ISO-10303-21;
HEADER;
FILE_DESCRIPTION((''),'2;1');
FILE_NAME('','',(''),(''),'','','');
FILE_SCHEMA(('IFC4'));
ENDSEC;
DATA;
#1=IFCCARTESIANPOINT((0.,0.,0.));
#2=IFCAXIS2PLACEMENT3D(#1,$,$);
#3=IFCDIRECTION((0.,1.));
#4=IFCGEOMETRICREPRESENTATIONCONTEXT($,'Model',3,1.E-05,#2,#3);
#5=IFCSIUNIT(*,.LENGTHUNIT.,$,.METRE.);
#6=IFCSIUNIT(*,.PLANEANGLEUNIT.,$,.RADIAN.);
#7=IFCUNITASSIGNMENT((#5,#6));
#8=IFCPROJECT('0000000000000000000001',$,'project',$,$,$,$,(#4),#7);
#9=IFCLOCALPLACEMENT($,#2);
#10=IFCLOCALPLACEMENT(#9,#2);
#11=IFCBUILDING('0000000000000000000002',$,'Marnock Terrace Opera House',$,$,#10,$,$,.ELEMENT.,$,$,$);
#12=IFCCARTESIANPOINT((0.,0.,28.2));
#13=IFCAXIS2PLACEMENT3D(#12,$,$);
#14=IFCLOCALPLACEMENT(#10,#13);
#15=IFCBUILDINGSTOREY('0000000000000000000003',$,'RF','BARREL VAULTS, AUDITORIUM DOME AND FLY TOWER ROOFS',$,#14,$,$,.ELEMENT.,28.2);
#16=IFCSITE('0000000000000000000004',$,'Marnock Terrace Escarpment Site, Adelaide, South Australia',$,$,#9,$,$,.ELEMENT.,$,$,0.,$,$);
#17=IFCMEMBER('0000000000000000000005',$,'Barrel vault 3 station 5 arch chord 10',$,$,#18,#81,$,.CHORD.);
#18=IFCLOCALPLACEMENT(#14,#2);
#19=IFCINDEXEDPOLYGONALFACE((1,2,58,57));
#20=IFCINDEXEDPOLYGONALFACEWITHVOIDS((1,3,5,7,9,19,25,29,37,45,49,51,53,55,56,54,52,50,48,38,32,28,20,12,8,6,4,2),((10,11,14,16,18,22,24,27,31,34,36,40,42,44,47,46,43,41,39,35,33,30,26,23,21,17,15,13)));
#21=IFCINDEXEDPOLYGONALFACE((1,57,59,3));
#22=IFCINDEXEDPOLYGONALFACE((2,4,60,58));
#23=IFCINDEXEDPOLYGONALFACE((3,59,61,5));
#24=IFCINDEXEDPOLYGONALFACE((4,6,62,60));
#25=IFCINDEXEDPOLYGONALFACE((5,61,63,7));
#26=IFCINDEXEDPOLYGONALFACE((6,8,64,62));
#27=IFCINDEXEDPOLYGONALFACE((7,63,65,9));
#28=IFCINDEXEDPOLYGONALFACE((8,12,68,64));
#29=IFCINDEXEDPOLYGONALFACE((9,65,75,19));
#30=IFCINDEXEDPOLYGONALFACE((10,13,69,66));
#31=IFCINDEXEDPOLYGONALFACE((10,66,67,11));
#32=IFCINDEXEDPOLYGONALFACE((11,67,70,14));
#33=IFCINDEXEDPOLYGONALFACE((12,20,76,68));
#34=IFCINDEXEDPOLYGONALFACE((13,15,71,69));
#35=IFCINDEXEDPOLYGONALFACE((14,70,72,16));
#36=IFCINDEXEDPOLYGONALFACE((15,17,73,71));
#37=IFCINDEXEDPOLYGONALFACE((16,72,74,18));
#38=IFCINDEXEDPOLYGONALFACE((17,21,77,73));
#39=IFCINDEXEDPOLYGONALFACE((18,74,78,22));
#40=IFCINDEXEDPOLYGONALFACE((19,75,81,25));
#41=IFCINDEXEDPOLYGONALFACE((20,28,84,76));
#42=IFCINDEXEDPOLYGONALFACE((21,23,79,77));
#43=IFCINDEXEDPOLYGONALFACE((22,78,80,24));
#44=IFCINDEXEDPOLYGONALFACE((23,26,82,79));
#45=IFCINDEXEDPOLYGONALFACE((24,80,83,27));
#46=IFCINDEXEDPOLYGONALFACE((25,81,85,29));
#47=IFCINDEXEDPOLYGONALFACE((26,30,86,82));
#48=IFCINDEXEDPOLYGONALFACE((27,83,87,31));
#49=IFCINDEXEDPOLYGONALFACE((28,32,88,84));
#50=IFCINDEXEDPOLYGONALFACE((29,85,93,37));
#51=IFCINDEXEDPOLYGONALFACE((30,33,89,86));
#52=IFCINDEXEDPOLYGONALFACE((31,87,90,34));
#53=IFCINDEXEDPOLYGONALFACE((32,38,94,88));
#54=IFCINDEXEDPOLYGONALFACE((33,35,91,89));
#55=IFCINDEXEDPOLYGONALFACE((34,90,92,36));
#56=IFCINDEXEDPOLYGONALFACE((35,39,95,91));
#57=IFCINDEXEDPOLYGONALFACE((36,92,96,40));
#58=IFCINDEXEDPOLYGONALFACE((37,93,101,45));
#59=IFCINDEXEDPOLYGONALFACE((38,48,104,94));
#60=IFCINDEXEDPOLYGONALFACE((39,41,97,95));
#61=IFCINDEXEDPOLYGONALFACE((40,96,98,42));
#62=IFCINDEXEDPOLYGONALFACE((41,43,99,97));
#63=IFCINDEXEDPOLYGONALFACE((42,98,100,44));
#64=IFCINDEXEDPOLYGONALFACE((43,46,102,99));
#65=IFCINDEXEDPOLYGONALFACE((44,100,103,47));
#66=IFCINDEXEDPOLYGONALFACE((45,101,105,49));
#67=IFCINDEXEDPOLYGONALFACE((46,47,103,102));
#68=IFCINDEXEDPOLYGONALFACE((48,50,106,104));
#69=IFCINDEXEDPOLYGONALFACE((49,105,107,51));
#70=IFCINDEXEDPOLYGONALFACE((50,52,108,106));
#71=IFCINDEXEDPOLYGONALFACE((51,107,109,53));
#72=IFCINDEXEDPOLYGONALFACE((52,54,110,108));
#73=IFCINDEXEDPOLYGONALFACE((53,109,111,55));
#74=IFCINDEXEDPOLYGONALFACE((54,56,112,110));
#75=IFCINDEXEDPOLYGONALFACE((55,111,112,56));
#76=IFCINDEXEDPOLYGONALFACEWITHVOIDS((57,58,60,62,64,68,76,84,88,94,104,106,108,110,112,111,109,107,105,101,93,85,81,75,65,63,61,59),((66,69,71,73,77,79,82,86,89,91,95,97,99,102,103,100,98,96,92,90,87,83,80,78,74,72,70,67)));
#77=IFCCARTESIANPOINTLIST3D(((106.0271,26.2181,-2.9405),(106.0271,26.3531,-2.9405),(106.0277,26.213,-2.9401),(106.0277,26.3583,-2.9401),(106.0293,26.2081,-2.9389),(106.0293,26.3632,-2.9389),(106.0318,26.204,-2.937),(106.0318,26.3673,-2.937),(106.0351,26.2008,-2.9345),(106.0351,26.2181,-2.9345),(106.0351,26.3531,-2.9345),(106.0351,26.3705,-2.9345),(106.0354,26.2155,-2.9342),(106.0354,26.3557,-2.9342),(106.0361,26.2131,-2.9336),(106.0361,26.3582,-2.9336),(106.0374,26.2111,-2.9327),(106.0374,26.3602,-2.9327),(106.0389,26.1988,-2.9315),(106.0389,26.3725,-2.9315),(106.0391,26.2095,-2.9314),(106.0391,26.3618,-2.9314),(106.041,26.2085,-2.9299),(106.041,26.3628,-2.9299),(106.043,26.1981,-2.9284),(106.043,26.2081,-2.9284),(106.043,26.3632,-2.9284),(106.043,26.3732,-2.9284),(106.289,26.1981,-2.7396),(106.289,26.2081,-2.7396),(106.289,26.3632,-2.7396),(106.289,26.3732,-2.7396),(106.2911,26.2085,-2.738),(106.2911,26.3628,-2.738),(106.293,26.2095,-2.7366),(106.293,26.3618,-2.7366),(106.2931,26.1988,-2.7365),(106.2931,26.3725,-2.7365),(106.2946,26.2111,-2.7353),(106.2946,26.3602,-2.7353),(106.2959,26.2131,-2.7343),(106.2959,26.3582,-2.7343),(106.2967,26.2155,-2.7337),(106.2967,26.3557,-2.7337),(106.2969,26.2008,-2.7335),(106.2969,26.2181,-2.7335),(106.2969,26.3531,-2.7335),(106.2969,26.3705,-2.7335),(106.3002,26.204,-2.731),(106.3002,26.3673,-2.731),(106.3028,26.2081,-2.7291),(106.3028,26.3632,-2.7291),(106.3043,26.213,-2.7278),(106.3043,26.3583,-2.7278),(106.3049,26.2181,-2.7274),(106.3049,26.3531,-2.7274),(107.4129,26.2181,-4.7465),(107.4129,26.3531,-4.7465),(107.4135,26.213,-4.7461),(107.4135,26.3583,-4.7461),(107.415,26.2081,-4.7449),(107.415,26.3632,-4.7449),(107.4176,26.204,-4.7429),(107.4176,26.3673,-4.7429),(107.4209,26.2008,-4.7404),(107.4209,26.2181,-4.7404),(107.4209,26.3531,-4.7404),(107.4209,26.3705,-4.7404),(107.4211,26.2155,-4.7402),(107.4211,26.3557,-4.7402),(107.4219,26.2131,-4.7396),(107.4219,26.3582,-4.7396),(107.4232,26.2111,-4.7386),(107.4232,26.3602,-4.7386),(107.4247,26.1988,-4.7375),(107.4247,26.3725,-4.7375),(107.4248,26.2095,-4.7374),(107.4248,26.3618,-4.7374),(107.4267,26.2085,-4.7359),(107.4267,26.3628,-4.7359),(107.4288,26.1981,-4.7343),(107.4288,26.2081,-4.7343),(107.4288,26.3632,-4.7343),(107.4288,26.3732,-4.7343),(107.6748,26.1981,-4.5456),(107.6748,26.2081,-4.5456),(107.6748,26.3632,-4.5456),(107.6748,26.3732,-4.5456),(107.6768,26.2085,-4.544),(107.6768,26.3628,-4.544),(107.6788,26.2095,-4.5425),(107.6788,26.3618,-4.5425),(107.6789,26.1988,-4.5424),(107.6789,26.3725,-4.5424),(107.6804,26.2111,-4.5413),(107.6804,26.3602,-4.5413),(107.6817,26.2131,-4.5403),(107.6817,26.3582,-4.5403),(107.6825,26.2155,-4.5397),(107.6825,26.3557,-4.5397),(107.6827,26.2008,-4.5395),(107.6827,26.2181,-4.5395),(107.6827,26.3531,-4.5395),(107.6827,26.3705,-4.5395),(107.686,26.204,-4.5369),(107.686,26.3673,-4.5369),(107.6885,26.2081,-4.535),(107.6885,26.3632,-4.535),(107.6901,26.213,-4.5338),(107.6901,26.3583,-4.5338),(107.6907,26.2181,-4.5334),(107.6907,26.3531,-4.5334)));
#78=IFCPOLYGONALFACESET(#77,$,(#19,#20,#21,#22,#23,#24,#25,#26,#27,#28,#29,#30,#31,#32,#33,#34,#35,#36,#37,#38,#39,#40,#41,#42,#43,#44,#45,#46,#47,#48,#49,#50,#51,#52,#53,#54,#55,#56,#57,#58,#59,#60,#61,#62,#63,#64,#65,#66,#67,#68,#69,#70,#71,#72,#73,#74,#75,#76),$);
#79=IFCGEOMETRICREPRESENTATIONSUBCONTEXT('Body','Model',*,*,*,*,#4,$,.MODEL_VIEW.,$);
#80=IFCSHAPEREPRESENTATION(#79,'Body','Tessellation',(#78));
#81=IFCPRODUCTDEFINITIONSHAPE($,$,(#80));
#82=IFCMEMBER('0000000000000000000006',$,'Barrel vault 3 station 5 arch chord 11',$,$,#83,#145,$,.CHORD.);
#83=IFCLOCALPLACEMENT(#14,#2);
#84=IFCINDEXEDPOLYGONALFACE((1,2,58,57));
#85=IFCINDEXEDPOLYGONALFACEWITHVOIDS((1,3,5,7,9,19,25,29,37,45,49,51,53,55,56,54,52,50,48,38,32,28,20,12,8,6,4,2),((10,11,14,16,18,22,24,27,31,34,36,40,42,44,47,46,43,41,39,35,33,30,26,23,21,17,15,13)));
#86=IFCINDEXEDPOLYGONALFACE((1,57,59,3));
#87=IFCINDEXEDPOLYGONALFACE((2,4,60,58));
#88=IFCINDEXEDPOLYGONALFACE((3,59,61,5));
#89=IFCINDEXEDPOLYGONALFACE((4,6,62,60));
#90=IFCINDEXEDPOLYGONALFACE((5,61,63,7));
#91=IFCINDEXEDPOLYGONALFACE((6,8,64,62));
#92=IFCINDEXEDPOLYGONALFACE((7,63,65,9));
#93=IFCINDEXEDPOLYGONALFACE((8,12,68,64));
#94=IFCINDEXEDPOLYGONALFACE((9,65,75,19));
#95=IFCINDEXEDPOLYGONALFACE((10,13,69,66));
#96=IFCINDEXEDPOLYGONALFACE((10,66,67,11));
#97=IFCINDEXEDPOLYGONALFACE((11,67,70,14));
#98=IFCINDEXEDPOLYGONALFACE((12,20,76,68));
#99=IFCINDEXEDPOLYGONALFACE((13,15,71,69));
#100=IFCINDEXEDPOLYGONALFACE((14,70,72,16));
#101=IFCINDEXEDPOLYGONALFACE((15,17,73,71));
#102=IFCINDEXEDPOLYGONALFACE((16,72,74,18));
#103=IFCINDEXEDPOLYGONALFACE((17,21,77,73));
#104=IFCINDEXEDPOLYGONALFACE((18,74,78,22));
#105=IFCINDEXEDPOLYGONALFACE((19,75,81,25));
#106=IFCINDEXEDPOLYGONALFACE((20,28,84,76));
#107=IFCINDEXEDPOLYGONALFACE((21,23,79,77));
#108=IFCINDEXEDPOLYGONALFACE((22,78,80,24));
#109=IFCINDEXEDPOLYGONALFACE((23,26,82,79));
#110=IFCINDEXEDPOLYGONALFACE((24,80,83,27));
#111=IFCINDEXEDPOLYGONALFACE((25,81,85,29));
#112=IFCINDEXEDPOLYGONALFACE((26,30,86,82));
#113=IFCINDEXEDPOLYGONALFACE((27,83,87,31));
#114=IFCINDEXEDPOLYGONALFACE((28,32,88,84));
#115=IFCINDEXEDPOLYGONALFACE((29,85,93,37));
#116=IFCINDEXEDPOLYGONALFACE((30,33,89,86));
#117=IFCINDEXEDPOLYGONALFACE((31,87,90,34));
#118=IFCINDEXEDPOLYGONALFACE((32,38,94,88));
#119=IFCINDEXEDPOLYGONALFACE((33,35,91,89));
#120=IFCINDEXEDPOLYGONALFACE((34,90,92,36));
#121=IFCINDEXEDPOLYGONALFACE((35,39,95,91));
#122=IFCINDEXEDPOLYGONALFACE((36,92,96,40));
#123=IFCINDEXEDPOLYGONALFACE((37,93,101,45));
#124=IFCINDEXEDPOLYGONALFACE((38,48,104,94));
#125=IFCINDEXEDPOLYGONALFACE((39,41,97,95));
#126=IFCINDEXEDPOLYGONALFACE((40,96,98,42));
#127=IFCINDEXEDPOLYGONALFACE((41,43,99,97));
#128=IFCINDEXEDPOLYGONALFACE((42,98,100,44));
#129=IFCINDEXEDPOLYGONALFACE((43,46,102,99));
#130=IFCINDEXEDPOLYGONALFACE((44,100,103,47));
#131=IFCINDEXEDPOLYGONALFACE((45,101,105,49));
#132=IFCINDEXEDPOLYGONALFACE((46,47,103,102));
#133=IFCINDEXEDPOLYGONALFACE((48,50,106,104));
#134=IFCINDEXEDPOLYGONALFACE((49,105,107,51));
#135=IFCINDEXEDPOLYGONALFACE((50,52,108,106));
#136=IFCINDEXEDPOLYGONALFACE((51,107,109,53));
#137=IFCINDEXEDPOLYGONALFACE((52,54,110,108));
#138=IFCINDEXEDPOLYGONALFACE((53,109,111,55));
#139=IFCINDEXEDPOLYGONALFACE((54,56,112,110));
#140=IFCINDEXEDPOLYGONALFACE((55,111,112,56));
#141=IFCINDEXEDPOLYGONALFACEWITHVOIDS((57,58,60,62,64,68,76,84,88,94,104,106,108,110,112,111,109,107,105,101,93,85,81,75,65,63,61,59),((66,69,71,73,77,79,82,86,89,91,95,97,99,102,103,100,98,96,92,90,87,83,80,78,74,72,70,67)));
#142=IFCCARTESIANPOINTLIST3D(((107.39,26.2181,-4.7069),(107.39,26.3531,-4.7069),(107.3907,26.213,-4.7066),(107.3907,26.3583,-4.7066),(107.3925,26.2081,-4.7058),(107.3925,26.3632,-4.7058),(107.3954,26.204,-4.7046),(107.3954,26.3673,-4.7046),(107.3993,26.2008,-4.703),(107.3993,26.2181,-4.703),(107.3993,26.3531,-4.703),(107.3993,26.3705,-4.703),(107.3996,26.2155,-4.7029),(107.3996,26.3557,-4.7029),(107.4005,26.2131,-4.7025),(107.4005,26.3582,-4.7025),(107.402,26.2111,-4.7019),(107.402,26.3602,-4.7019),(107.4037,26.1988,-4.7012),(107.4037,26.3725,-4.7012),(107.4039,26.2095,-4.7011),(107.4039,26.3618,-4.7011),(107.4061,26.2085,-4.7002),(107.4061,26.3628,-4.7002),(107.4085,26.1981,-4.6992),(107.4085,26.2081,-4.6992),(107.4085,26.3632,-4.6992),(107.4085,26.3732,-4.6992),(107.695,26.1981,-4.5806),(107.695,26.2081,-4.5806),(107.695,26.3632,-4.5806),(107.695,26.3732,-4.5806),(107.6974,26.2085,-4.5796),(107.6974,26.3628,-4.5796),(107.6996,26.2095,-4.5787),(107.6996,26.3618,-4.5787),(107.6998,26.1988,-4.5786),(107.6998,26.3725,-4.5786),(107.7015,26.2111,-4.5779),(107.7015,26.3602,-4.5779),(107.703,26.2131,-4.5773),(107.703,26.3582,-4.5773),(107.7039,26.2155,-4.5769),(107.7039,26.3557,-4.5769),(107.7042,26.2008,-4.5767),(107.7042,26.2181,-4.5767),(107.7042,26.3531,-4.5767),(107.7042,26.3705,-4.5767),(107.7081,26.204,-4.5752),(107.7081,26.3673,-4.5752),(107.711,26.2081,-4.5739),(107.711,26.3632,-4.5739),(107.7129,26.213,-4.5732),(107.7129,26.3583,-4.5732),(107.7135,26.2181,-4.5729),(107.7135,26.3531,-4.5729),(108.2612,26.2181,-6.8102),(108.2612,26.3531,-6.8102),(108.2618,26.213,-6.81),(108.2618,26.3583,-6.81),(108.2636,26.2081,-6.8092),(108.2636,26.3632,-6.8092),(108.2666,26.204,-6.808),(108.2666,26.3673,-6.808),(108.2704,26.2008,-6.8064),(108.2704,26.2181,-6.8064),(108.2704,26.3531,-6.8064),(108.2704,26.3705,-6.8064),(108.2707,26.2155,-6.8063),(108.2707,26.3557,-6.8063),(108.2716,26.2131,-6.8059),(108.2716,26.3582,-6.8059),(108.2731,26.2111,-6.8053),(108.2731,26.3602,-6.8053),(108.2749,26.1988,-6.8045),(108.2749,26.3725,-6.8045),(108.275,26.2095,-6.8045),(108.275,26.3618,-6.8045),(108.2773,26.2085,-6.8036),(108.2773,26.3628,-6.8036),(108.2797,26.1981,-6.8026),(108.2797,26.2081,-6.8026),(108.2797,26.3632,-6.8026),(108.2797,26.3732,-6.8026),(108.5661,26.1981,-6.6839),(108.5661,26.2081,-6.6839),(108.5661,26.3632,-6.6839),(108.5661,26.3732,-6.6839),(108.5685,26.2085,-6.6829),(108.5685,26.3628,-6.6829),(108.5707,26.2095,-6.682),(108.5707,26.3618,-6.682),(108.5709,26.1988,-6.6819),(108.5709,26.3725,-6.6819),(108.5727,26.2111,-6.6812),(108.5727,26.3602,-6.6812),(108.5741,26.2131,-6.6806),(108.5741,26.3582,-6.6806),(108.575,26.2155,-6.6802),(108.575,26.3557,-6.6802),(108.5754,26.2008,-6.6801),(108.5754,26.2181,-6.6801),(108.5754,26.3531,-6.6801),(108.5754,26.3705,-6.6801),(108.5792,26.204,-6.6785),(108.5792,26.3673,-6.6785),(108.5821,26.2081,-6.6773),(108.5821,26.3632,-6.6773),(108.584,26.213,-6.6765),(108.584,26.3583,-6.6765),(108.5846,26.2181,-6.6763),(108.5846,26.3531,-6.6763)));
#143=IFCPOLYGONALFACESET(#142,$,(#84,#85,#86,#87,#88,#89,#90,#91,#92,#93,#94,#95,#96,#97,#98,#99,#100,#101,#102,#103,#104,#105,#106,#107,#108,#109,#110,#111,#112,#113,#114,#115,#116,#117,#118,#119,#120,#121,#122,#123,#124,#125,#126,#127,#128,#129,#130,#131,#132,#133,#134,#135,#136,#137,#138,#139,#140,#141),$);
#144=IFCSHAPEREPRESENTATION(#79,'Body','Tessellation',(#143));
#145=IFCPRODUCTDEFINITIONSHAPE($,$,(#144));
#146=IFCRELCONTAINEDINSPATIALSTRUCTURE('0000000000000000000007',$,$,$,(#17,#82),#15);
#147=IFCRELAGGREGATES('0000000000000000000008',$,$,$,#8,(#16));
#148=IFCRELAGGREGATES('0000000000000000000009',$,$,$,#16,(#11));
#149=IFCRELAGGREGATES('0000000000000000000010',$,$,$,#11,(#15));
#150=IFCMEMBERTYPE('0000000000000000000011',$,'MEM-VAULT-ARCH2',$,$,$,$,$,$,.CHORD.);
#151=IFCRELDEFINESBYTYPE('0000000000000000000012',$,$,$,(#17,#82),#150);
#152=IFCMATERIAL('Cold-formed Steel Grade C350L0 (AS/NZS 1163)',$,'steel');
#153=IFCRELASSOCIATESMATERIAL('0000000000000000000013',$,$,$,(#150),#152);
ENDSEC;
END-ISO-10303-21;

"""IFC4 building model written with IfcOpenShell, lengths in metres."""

from ifc_helpers import new_model, si_unit, direction, frame, origin, origin_2d, place, context, subcontext, project, spatial, hollow_rectangle, extrude, material, material_profile, profile_set, type_object, element, save


model = new_model("IFC4")

# Units and contexts
model_context = context("Model", 3, precision=1e-05, world=origin(), true_north=direction((0.0, 1.0)))
body_context = subcontext(model_context, "Body", "Model", "MODEL_VIEW")
ifc_project = project(units=[si_unit("LENGTHUNIT", "METRE"), si_unit("PLANEANGLEUNIT", "RADIAN")], contexts=[model_context])

# Site, building, storey
site_placement = place(None, origin())
site = spatial("IfcSite", under=ifc_project, at=site_placement, Name="Marnock Terrace Escarpment Site, Adelaide, South Australia", CompositionType="ELEMENT", RefElevation=0.0)
building_placement = place(site_placement, origin())
building = spatial("IfcBuilding", under=site, at=building_placement, Name="Marnock Terrace Opera House", CompositionType="ELEMENT")
storey_placement = place(building_placement, frame((0.0, 0.0, 28.2)))
storey = spatial("IfcBuildingStorey", under=building, at=storey_placement, Name="RF", Description="BARREL VAULTS, AUDITORIUM DOME AND FLY TOWER ROOFS", CompositionType="ELEMENT", Elevation=28.2)

# Members
ifc_material = material(Name="Cold-formed Steel Grade C350L0 (AS/NZS 1163)", Category="steel")
ifc_material_profile_1 = material_profile(ifc_material, hollow_rectangle(XDim=0.175, YDim=0.3501, WallThickness=0.01, InnerFilletRadius=0.01, OuterFilletRadius=0.02, at=origin_2d()))
ifc_profile_set_1 = profile_set([ifc_material_profile_1], Name="Cold-formed Steel Grade C350L0 (AS/NZS 1163)")
member_type_1 = type_object("IfcMemberType", Name="MEM-VAULT-ARCH2", PredefinedType="CHORD", material=ifc_profile_set_1)
for number, where, z_axis, x_axis, name in (
    (1, (106.166, 26.2856, -2.834), (0.608767, 0.0, -0.793349), (0.0, 1.0, 0.0), "Barrel vault 3 station 5 arch chord 10"),
):
    element("IfcMember", number, at=place(storey_placement, frame(where, z_axis=z_axis, x_axis=x_axis)), inside=storey, type_object=member_type_1, Name=name, PredefinedType="CHORD", context=body_context, shape_type="SweptSolid", body=[
        extrude(hollow_rectangle(XDim=0.175, YDim=0.3501, WallThickness=0.01, InnerFilletRadius=0.01, OuterFilletRadius=0.02, at=origin_2d()), origin(), (0.0, 0.0, 1.0), 2.2764),
    ])
member_1_placement = place(storey_placement, frame((107.5518, 26.2856, -4.6399), z_axis=(0.382642, 0.0, -0.923897), x_axis=(0.0, 1.0, 0.0)))
element("IfcMember", 2, at=member_1_placement, inside=storey, type_object=member_type_1, Name="Barrel vault 3 station 5 arch chord 11", PredefinedType="CHORD", context=body_context, shape_type="SweptSolid", body=[
    extrude(hollow_rectangle(XDim=0.175, YDim=0.3501, WallThickness=0.01, InnerFilletRadius=0.01, OuterFilletRadius=0.02, at=origin_2d()), origin(), (0.0, 0.0, 1.0), 2.2766),
])

save(model, "model.ifc")
